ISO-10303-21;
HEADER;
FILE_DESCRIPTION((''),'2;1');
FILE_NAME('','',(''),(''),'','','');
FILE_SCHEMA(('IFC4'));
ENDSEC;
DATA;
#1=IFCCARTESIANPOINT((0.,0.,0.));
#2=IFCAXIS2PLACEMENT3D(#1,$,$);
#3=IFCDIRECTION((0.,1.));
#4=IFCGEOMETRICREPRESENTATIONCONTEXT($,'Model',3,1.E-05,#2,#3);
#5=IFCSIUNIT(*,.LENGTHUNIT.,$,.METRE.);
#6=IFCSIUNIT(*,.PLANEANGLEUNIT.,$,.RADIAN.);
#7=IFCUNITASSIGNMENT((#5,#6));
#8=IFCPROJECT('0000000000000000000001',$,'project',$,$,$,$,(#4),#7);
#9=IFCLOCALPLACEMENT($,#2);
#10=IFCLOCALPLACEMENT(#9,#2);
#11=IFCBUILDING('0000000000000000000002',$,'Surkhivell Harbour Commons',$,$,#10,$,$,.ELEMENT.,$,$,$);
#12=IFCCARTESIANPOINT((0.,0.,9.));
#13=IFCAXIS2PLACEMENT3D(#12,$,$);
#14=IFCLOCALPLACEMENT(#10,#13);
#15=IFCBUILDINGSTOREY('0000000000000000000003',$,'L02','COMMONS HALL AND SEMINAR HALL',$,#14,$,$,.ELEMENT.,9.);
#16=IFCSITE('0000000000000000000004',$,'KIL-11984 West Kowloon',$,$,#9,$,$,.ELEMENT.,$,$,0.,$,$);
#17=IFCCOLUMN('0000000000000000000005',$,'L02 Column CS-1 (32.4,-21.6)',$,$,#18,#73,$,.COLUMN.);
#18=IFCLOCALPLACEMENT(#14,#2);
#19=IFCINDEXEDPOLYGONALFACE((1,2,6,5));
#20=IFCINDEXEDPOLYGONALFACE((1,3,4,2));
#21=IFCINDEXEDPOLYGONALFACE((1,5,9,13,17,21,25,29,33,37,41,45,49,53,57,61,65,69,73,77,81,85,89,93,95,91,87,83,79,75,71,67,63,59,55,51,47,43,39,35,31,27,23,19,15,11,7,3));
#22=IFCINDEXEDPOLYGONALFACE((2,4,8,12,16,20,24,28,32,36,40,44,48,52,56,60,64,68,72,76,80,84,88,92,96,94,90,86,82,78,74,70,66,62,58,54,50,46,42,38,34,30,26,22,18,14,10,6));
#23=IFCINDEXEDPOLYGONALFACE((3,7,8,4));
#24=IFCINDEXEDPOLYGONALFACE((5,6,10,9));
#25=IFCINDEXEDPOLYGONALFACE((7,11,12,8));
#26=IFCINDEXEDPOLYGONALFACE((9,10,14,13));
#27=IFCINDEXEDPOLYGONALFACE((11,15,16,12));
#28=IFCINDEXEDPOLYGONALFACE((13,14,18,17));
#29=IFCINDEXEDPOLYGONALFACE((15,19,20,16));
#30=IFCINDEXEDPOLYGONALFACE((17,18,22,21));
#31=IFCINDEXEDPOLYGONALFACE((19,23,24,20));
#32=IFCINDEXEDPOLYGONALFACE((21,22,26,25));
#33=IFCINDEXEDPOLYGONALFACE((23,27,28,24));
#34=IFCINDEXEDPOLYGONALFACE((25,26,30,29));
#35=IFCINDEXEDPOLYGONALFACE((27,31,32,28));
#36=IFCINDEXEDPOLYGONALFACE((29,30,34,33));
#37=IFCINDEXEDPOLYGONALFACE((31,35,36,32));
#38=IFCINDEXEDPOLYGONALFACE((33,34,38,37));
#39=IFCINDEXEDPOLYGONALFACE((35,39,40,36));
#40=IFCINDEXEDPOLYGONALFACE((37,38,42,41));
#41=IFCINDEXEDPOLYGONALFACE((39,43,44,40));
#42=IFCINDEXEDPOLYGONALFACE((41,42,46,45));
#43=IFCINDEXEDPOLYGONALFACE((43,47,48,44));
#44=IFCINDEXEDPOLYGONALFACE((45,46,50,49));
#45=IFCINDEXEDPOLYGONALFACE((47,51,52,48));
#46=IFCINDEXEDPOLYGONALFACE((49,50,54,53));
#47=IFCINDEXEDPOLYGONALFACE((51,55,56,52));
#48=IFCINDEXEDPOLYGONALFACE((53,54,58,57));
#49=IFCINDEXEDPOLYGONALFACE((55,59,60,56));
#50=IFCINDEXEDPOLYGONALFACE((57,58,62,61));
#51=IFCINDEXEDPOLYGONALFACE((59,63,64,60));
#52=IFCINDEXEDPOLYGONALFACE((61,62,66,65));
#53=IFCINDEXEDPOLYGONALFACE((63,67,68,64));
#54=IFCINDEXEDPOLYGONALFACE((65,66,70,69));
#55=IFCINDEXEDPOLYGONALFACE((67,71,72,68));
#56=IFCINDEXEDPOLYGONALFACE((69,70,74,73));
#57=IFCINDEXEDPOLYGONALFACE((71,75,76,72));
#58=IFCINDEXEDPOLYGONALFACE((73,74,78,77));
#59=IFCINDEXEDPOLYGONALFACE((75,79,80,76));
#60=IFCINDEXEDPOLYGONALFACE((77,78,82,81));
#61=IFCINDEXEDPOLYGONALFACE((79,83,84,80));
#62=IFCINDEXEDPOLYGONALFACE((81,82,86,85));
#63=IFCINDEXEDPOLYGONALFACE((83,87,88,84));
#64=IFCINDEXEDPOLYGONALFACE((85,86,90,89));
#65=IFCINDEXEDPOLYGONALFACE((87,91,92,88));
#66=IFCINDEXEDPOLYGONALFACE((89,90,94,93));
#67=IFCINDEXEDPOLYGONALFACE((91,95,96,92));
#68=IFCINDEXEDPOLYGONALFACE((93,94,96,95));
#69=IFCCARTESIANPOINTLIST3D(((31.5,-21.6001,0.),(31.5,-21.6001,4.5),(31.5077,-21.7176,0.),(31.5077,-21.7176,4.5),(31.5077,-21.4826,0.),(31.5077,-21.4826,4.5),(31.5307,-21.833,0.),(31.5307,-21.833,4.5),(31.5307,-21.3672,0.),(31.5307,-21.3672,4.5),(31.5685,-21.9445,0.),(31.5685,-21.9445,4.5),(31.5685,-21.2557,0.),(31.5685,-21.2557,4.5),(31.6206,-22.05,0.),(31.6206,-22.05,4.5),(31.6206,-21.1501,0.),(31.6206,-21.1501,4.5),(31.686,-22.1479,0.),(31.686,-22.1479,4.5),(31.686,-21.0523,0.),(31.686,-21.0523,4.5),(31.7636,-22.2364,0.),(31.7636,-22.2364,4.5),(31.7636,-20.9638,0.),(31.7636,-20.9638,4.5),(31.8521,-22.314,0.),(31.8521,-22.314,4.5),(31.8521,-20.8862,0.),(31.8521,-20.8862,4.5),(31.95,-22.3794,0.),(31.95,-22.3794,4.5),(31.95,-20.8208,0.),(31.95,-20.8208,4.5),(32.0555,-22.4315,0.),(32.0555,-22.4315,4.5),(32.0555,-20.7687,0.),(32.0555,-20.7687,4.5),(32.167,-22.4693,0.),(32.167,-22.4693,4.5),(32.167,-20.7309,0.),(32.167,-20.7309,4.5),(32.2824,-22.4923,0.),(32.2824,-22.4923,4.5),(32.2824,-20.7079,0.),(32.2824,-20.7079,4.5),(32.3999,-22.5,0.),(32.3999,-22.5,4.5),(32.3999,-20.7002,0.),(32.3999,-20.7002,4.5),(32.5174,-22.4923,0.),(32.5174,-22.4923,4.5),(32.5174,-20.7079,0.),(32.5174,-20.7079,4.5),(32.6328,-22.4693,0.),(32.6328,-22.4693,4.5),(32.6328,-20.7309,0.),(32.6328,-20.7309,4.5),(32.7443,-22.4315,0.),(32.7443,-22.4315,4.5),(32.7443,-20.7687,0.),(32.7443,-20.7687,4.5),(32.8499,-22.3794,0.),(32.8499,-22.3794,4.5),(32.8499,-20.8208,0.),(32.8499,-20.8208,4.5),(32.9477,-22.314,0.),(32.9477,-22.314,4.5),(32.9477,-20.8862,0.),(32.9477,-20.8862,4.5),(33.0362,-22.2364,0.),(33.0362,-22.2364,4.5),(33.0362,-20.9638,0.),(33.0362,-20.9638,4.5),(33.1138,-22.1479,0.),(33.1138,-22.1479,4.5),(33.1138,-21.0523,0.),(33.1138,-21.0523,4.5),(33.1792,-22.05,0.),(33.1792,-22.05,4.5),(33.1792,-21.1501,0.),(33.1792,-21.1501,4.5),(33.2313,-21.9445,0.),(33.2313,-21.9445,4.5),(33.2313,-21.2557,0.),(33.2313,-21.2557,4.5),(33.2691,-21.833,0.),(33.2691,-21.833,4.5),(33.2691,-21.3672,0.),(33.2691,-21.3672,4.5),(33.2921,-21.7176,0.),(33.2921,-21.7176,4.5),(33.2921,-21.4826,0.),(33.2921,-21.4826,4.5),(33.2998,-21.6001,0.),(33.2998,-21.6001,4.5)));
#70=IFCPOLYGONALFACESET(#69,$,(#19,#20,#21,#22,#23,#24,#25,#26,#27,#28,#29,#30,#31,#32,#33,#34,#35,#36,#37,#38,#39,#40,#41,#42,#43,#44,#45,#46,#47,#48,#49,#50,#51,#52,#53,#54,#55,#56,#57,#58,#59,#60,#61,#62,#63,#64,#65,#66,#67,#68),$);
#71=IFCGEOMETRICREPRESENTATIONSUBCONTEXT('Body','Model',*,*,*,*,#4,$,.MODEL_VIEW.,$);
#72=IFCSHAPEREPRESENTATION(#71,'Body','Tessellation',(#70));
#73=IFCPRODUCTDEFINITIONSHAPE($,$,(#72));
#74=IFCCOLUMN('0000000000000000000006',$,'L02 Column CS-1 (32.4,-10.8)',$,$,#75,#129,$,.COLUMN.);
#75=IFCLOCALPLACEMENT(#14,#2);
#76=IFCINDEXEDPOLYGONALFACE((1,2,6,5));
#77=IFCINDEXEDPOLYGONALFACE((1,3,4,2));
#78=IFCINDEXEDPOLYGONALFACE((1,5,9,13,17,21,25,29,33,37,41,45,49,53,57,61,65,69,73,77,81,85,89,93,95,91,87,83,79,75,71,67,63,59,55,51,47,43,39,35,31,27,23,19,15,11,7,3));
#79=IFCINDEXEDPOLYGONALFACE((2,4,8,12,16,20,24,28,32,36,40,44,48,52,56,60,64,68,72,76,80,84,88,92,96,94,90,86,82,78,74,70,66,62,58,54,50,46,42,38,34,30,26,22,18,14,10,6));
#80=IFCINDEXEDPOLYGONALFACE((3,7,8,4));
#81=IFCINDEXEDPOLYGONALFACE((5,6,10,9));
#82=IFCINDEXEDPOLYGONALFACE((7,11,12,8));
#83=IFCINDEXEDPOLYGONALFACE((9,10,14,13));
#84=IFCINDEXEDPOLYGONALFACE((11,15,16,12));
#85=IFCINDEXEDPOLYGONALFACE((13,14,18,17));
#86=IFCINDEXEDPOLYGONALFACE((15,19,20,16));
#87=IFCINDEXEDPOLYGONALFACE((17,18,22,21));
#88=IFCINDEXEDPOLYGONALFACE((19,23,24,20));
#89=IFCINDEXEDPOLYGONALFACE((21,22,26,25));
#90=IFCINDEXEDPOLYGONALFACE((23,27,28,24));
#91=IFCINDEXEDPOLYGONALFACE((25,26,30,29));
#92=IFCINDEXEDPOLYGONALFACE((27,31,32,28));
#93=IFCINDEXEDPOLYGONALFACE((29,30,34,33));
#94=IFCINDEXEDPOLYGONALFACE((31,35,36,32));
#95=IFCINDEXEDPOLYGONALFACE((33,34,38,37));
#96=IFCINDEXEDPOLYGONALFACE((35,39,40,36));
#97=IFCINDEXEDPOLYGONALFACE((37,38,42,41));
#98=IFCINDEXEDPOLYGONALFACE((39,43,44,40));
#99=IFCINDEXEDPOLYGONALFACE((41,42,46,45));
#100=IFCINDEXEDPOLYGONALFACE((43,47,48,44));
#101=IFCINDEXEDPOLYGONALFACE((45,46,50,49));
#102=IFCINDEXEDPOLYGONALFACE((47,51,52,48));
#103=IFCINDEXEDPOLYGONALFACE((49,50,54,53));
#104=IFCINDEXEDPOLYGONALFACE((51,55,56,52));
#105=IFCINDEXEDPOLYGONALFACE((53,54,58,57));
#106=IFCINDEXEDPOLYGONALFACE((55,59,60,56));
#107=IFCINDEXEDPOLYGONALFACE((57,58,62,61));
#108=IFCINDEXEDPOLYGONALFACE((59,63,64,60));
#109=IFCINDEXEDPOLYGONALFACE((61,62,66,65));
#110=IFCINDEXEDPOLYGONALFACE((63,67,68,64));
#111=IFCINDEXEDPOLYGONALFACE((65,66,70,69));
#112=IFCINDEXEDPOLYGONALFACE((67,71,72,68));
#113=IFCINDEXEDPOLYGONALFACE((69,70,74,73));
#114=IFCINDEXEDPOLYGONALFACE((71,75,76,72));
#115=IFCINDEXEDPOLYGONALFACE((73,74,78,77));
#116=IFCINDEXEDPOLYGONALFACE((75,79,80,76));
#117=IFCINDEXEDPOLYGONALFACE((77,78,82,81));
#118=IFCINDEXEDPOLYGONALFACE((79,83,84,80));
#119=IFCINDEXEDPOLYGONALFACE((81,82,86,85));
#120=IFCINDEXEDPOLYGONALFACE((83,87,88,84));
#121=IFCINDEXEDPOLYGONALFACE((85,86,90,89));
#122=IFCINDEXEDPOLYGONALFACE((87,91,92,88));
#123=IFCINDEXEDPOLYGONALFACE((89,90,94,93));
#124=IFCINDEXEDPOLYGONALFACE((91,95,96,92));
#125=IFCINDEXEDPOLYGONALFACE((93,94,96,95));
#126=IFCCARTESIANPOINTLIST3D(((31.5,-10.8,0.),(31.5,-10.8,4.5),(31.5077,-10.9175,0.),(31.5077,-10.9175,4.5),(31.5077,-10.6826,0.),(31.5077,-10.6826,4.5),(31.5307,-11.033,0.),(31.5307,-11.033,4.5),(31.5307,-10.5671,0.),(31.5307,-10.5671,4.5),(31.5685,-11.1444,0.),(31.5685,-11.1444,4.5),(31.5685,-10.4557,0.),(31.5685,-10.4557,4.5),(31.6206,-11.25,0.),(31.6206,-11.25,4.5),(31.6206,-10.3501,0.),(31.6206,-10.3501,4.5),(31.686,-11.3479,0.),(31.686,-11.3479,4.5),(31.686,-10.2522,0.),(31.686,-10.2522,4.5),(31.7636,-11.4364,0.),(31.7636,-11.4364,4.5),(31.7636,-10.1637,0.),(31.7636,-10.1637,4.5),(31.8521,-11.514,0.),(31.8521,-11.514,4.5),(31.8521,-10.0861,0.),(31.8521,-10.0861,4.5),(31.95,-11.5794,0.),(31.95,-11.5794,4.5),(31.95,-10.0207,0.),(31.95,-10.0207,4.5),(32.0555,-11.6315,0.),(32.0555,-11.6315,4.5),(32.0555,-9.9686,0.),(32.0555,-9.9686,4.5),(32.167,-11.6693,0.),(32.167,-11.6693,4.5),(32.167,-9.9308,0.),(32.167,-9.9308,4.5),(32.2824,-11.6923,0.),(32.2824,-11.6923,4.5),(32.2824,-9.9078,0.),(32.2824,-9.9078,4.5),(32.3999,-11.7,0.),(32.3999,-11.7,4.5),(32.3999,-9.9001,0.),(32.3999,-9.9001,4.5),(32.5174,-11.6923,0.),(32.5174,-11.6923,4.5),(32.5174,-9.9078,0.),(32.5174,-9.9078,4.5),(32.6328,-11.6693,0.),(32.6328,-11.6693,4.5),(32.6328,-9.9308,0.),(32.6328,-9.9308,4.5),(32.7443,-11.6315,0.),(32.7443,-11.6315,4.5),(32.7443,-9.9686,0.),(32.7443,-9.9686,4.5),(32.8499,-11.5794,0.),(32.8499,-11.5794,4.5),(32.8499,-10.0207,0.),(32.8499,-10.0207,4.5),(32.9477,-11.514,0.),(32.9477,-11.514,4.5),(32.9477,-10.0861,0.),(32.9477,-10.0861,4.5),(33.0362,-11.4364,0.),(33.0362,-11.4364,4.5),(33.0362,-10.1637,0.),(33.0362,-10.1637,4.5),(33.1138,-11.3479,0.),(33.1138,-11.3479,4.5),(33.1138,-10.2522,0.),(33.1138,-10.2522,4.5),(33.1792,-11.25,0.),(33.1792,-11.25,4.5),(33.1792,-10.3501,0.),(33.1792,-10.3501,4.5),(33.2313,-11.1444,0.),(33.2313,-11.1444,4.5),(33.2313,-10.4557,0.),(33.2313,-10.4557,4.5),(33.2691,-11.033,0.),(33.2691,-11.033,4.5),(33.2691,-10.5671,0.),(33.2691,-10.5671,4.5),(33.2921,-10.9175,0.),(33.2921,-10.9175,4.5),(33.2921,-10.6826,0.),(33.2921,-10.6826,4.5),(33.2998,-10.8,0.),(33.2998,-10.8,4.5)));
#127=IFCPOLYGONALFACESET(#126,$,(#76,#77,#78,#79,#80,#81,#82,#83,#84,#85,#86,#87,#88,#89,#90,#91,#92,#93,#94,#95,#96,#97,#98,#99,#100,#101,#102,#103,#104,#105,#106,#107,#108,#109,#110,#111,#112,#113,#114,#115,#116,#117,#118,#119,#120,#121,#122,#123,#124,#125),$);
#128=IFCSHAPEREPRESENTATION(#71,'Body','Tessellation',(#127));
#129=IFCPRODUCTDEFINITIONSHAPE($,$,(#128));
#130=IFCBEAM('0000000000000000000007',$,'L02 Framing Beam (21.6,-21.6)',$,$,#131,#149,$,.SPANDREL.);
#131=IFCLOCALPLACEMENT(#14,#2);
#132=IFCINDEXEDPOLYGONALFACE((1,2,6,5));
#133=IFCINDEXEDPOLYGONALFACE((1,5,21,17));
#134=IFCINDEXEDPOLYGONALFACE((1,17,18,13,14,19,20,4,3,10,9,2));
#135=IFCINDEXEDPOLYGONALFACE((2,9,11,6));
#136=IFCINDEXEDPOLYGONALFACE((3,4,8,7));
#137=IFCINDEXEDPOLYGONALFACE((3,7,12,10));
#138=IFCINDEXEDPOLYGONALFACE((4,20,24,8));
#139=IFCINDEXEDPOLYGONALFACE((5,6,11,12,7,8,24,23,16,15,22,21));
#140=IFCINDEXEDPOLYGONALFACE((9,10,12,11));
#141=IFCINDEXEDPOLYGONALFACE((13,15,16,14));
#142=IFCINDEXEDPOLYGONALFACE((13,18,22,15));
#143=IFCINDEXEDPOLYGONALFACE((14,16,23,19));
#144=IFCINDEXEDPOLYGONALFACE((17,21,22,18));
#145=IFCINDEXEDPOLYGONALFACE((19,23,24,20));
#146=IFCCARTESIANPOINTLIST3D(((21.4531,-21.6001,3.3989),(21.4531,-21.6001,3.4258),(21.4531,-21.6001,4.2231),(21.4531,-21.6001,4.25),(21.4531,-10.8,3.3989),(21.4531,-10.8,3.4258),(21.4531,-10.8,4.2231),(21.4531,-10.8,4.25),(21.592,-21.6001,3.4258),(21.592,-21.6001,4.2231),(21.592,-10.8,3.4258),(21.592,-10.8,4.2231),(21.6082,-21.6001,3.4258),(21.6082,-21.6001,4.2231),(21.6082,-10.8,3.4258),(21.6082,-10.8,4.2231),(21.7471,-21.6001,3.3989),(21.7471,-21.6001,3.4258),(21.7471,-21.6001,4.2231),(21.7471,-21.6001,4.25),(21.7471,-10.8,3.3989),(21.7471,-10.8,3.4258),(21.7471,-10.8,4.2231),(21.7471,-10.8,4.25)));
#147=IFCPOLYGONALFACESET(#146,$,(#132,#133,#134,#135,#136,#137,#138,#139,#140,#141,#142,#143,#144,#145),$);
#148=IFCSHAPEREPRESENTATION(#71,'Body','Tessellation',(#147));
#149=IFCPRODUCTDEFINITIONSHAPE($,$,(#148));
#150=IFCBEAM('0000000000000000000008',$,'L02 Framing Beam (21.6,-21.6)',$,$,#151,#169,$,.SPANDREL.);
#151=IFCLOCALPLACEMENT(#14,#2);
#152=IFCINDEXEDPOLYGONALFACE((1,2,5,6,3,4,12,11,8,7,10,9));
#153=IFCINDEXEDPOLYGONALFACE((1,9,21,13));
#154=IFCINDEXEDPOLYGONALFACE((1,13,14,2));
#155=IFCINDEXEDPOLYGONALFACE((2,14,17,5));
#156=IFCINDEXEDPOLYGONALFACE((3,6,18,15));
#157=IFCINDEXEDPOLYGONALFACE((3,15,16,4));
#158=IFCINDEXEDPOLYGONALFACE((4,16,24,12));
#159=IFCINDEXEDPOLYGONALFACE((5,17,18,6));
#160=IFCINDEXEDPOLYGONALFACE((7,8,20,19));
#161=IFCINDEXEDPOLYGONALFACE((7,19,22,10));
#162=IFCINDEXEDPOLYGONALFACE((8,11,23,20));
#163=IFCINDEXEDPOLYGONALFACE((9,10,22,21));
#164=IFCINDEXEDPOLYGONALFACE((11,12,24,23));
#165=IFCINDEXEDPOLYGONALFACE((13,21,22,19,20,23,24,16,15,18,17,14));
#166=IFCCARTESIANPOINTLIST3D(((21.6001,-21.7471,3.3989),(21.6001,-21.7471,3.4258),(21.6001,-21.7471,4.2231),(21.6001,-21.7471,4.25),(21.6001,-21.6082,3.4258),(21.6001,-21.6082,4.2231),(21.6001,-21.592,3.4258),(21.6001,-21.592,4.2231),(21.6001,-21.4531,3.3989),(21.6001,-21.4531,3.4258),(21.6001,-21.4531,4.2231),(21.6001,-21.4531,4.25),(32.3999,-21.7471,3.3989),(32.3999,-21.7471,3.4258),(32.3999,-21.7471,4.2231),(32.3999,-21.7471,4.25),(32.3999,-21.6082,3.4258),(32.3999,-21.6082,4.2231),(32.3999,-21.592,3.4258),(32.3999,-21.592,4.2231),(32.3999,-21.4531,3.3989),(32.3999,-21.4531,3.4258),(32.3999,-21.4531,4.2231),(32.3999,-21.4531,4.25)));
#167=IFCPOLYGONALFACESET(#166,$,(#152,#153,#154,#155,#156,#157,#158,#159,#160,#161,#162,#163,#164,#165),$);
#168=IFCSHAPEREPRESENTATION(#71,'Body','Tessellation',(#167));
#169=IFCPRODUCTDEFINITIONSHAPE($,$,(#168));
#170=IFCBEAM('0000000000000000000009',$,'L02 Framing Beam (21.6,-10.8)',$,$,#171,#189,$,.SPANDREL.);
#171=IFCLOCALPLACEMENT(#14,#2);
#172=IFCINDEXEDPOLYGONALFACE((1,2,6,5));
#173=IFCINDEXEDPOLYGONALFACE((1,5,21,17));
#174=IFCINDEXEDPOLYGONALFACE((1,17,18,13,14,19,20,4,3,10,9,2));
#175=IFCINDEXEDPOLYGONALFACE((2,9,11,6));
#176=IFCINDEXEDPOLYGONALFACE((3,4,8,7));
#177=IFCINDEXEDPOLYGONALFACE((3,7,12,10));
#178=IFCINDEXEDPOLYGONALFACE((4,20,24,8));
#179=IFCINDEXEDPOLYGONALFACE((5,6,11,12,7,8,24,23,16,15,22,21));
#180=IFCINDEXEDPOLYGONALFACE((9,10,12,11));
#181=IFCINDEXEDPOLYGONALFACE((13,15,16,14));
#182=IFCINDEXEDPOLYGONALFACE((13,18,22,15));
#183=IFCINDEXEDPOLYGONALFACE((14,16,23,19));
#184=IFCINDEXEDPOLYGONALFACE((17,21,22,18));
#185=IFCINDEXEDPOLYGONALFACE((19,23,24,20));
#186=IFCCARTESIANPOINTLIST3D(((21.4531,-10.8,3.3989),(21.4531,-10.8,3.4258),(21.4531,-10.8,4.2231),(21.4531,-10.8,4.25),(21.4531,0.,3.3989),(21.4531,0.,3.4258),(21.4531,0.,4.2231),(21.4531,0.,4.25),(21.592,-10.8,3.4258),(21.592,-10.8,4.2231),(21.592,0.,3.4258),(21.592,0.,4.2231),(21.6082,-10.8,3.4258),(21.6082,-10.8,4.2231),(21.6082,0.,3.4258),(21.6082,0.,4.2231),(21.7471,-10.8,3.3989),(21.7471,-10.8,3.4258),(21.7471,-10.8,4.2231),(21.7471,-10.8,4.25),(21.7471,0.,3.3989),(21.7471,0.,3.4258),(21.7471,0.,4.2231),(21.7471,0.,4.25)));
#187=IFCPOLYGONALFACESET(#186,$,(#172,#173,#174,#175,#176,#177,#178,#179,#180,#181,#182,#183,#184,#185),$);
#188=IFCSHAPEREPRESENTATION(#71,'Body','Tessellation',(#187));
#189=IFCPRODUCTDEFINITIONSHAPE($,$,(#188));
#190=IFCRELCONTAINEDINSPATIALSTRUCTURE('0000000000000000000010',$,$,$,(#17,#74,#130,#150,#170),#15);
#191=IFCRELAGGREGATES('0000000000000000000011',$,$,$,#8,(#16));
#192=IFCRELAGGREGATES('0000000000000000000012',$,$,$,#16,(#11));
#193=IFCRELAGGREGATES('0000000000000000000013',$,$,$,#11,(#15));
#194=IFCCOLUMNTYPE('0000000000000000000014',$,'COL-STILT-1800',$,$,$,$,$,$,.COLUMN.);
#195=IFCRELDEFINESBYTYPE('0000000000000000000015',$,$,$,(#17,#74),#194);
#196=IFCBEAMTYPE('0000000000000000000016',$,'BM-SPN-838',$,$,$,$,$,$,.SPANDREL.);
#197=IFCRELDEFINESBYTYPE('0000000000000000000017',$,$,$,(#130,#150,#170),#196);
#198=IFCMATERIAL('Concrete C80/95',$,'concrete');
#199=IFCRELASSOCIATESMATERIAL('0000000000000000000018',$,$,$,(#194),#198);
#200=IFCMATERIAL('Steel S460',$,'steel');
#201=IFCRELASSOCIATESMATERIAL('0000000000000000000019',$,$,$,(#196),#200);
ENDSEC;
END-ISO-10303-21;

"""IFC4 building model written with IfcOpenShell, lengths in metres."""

from ifc_helpers import new_model, si_unit, direction, frame, origin, origin_2d, place, context, subcontext, project, spatial, circle, i_section, extrude, material, material_profile, profile_set, type_object, element, save


model = new_model("IFC4")

# Units and contexts
model_context = context("Model", 3, precision=1e-05, world=origin(), true_north=direction((0.0, 1.0)))
body_context = subcontext(model_context, "Body", "Model", "MODEL_VIEW")
ifc_project = project(units=[si_unit("LENGTHUNIT", "METRE"), si_unit("PLANEANGLEUNIT", "RADIAN")], contexts=[model_context])

# Site, building, storey
site_placement = place(None, origin())
site = spatial("IfcSite", under=ifc_project, at=site_placement, Name="KIL-11984 West Kowloon", CompositionType="ELEMENT", RefElevation=0.0)
building_placement = place(site_placement, origin())
building = spatial("IfcBuilding", under=site, at=building_placement, Name="Surkhivell Harbour Commons", CompositionType="ELEMENT")
storey_placement = place(building_placement, frame((0.0, 0.0, 9.0)))
storey = spatial("IfcBuildingStorey", under=building, at=storey_placement, Name="L02", Description="COMMONS HALL AND SEMINAR HALL", CompositionType="ELEMENT", Elevation=9.0)

# Columns
ifc_material_1 = material(Name="Concrete C80/95", Category="concrete")
ifc_material_profile_1 = material_profile(ifc_material_1, circle(Radius=0.8999, at=origin_2d()), Name="RC-CIRC-1800")
ifc_profile_set_1 = profile_set([ifc_material_profile_1], Name="Concrete C80/95")
column_type_1 = type_object("IfcColumnType", Name="COL-STILT-1800", PredefinedType="COLUMN", material=ifc_profile_set_1)
for number, where, z_axis, x_axis, name in (
    (1, (32.3999, -21.6001, 0.0), (0.0, 0.0, 1.0), (1.0, 0.0, 0.0), "L02 Column CS-1 (32.4,-21.6)"),
    (2, (32.3999, -10.8, 0.0), (0.0, 0.0, 1.0), (1.0, 0.0, 0.0), "L02 Column CS-1 (32.4,-10.8)"),
):
    element("IfcColumn", number, at=place(storey_placement, frame(where, z_axis=z_axis, x_axis=x_axis)), inside=storey, type_object=column_type_1, Name=name, PredefinedType="COLUMN", context=body_context, shape_type="SweptSolid", body=[
        extrude(circle(Radius=0.8999, at=origin_2d()), origin(), (0.0, 0.0, 1.0), 4.5),
    ])

# Beams
ifc_material_2 = material(Name="Steel S460", Category="steel")
ifc_material_profile_2 = material_profile(ifc_material_2, i_section(OverallWidth=0.2939, OverallDepth=0.8511, WebThickness=0.0161, FlangeThickness=0.0269, at=origin_2d()), Name="UB838x292x226")
ifc_profile_set_2 = profile_set([ifc_material_profile_2], Name="Steel S460")
beam_type = type_object("IfcBeamType", Name="BM-SPN-838", PredefinedType="SPANDREL", material=ifc_profile_set_2)
beam_1_placement = place(storey_placement, frame((21.6001, -21.6001, 3.8245), z_axis=(0.0, 1.0, 0.0), x_axis=(-1.0, 0.0, 0.0)))
element("IfcBeam", 3, at=beam_1_placement, inside=storey, type_object=beam_type, Name="L02 Framing Beam (21.6,-21.6)", PredefinedType="SPANDREL", context=body_context, shape_type="SweptSolid", body=[
    extrude(i_section(OverallWidth=0.2939, OverallDepth=0.8511, WebThickness=0.0161, FlangeThickness=0.0269, at=origin_2d()), origin(), (0.0, 0.0, 1.0), 10.8),
])
beam_2_placement = place(storey_placement, frame((21.6001, -21.6001, 3.8245), z_axis=(1.0, 0.0, 0.0), x_axis=(0.0, 1.0, 0.0)))
element("IfcBeam", 4, at=beam_2_placement, inside=storey, type_object=beam_type, Name="L02 Framing Beam (21.6,-21.6)", PredefinedType="SPANDREL", context=body_context, shape_type="SweptSolid", body=[
    extrude(i_section(OverallWidth=0.2939, OverallDepth=0.8511, WebThickness=0.0161, FlangeThickness=0.0269, at=origin_2d()), origin(), (0.0, 0.0, 1.0), 10.7998),
])
beam_3_placement = place(storey_placement, frame((21.6001, -10.8, 3.8245), z_axis=(0.0, 1.0, 0.0), x_axis=(-1.0, 0.0, 0.0)))
element("IfcBeam", 5, at=beam_3_placement, inside=storey, type_object=beam_type, Name="L02 Framing Beam (21.6,-10.8)", PredefinedType="SPANDREL", context=body_context, shape_type="SweptSolid", body=[
    extrude(i_section(OverallWidth=0.2939, OverallDepth=0.8511, WebThickness=0.0161, FlangeThickness=0.0269, at=origin_2d()), origin(), (0.0, 0.0, 1.0), 10.8),
])

save(model, "model.ifc")
